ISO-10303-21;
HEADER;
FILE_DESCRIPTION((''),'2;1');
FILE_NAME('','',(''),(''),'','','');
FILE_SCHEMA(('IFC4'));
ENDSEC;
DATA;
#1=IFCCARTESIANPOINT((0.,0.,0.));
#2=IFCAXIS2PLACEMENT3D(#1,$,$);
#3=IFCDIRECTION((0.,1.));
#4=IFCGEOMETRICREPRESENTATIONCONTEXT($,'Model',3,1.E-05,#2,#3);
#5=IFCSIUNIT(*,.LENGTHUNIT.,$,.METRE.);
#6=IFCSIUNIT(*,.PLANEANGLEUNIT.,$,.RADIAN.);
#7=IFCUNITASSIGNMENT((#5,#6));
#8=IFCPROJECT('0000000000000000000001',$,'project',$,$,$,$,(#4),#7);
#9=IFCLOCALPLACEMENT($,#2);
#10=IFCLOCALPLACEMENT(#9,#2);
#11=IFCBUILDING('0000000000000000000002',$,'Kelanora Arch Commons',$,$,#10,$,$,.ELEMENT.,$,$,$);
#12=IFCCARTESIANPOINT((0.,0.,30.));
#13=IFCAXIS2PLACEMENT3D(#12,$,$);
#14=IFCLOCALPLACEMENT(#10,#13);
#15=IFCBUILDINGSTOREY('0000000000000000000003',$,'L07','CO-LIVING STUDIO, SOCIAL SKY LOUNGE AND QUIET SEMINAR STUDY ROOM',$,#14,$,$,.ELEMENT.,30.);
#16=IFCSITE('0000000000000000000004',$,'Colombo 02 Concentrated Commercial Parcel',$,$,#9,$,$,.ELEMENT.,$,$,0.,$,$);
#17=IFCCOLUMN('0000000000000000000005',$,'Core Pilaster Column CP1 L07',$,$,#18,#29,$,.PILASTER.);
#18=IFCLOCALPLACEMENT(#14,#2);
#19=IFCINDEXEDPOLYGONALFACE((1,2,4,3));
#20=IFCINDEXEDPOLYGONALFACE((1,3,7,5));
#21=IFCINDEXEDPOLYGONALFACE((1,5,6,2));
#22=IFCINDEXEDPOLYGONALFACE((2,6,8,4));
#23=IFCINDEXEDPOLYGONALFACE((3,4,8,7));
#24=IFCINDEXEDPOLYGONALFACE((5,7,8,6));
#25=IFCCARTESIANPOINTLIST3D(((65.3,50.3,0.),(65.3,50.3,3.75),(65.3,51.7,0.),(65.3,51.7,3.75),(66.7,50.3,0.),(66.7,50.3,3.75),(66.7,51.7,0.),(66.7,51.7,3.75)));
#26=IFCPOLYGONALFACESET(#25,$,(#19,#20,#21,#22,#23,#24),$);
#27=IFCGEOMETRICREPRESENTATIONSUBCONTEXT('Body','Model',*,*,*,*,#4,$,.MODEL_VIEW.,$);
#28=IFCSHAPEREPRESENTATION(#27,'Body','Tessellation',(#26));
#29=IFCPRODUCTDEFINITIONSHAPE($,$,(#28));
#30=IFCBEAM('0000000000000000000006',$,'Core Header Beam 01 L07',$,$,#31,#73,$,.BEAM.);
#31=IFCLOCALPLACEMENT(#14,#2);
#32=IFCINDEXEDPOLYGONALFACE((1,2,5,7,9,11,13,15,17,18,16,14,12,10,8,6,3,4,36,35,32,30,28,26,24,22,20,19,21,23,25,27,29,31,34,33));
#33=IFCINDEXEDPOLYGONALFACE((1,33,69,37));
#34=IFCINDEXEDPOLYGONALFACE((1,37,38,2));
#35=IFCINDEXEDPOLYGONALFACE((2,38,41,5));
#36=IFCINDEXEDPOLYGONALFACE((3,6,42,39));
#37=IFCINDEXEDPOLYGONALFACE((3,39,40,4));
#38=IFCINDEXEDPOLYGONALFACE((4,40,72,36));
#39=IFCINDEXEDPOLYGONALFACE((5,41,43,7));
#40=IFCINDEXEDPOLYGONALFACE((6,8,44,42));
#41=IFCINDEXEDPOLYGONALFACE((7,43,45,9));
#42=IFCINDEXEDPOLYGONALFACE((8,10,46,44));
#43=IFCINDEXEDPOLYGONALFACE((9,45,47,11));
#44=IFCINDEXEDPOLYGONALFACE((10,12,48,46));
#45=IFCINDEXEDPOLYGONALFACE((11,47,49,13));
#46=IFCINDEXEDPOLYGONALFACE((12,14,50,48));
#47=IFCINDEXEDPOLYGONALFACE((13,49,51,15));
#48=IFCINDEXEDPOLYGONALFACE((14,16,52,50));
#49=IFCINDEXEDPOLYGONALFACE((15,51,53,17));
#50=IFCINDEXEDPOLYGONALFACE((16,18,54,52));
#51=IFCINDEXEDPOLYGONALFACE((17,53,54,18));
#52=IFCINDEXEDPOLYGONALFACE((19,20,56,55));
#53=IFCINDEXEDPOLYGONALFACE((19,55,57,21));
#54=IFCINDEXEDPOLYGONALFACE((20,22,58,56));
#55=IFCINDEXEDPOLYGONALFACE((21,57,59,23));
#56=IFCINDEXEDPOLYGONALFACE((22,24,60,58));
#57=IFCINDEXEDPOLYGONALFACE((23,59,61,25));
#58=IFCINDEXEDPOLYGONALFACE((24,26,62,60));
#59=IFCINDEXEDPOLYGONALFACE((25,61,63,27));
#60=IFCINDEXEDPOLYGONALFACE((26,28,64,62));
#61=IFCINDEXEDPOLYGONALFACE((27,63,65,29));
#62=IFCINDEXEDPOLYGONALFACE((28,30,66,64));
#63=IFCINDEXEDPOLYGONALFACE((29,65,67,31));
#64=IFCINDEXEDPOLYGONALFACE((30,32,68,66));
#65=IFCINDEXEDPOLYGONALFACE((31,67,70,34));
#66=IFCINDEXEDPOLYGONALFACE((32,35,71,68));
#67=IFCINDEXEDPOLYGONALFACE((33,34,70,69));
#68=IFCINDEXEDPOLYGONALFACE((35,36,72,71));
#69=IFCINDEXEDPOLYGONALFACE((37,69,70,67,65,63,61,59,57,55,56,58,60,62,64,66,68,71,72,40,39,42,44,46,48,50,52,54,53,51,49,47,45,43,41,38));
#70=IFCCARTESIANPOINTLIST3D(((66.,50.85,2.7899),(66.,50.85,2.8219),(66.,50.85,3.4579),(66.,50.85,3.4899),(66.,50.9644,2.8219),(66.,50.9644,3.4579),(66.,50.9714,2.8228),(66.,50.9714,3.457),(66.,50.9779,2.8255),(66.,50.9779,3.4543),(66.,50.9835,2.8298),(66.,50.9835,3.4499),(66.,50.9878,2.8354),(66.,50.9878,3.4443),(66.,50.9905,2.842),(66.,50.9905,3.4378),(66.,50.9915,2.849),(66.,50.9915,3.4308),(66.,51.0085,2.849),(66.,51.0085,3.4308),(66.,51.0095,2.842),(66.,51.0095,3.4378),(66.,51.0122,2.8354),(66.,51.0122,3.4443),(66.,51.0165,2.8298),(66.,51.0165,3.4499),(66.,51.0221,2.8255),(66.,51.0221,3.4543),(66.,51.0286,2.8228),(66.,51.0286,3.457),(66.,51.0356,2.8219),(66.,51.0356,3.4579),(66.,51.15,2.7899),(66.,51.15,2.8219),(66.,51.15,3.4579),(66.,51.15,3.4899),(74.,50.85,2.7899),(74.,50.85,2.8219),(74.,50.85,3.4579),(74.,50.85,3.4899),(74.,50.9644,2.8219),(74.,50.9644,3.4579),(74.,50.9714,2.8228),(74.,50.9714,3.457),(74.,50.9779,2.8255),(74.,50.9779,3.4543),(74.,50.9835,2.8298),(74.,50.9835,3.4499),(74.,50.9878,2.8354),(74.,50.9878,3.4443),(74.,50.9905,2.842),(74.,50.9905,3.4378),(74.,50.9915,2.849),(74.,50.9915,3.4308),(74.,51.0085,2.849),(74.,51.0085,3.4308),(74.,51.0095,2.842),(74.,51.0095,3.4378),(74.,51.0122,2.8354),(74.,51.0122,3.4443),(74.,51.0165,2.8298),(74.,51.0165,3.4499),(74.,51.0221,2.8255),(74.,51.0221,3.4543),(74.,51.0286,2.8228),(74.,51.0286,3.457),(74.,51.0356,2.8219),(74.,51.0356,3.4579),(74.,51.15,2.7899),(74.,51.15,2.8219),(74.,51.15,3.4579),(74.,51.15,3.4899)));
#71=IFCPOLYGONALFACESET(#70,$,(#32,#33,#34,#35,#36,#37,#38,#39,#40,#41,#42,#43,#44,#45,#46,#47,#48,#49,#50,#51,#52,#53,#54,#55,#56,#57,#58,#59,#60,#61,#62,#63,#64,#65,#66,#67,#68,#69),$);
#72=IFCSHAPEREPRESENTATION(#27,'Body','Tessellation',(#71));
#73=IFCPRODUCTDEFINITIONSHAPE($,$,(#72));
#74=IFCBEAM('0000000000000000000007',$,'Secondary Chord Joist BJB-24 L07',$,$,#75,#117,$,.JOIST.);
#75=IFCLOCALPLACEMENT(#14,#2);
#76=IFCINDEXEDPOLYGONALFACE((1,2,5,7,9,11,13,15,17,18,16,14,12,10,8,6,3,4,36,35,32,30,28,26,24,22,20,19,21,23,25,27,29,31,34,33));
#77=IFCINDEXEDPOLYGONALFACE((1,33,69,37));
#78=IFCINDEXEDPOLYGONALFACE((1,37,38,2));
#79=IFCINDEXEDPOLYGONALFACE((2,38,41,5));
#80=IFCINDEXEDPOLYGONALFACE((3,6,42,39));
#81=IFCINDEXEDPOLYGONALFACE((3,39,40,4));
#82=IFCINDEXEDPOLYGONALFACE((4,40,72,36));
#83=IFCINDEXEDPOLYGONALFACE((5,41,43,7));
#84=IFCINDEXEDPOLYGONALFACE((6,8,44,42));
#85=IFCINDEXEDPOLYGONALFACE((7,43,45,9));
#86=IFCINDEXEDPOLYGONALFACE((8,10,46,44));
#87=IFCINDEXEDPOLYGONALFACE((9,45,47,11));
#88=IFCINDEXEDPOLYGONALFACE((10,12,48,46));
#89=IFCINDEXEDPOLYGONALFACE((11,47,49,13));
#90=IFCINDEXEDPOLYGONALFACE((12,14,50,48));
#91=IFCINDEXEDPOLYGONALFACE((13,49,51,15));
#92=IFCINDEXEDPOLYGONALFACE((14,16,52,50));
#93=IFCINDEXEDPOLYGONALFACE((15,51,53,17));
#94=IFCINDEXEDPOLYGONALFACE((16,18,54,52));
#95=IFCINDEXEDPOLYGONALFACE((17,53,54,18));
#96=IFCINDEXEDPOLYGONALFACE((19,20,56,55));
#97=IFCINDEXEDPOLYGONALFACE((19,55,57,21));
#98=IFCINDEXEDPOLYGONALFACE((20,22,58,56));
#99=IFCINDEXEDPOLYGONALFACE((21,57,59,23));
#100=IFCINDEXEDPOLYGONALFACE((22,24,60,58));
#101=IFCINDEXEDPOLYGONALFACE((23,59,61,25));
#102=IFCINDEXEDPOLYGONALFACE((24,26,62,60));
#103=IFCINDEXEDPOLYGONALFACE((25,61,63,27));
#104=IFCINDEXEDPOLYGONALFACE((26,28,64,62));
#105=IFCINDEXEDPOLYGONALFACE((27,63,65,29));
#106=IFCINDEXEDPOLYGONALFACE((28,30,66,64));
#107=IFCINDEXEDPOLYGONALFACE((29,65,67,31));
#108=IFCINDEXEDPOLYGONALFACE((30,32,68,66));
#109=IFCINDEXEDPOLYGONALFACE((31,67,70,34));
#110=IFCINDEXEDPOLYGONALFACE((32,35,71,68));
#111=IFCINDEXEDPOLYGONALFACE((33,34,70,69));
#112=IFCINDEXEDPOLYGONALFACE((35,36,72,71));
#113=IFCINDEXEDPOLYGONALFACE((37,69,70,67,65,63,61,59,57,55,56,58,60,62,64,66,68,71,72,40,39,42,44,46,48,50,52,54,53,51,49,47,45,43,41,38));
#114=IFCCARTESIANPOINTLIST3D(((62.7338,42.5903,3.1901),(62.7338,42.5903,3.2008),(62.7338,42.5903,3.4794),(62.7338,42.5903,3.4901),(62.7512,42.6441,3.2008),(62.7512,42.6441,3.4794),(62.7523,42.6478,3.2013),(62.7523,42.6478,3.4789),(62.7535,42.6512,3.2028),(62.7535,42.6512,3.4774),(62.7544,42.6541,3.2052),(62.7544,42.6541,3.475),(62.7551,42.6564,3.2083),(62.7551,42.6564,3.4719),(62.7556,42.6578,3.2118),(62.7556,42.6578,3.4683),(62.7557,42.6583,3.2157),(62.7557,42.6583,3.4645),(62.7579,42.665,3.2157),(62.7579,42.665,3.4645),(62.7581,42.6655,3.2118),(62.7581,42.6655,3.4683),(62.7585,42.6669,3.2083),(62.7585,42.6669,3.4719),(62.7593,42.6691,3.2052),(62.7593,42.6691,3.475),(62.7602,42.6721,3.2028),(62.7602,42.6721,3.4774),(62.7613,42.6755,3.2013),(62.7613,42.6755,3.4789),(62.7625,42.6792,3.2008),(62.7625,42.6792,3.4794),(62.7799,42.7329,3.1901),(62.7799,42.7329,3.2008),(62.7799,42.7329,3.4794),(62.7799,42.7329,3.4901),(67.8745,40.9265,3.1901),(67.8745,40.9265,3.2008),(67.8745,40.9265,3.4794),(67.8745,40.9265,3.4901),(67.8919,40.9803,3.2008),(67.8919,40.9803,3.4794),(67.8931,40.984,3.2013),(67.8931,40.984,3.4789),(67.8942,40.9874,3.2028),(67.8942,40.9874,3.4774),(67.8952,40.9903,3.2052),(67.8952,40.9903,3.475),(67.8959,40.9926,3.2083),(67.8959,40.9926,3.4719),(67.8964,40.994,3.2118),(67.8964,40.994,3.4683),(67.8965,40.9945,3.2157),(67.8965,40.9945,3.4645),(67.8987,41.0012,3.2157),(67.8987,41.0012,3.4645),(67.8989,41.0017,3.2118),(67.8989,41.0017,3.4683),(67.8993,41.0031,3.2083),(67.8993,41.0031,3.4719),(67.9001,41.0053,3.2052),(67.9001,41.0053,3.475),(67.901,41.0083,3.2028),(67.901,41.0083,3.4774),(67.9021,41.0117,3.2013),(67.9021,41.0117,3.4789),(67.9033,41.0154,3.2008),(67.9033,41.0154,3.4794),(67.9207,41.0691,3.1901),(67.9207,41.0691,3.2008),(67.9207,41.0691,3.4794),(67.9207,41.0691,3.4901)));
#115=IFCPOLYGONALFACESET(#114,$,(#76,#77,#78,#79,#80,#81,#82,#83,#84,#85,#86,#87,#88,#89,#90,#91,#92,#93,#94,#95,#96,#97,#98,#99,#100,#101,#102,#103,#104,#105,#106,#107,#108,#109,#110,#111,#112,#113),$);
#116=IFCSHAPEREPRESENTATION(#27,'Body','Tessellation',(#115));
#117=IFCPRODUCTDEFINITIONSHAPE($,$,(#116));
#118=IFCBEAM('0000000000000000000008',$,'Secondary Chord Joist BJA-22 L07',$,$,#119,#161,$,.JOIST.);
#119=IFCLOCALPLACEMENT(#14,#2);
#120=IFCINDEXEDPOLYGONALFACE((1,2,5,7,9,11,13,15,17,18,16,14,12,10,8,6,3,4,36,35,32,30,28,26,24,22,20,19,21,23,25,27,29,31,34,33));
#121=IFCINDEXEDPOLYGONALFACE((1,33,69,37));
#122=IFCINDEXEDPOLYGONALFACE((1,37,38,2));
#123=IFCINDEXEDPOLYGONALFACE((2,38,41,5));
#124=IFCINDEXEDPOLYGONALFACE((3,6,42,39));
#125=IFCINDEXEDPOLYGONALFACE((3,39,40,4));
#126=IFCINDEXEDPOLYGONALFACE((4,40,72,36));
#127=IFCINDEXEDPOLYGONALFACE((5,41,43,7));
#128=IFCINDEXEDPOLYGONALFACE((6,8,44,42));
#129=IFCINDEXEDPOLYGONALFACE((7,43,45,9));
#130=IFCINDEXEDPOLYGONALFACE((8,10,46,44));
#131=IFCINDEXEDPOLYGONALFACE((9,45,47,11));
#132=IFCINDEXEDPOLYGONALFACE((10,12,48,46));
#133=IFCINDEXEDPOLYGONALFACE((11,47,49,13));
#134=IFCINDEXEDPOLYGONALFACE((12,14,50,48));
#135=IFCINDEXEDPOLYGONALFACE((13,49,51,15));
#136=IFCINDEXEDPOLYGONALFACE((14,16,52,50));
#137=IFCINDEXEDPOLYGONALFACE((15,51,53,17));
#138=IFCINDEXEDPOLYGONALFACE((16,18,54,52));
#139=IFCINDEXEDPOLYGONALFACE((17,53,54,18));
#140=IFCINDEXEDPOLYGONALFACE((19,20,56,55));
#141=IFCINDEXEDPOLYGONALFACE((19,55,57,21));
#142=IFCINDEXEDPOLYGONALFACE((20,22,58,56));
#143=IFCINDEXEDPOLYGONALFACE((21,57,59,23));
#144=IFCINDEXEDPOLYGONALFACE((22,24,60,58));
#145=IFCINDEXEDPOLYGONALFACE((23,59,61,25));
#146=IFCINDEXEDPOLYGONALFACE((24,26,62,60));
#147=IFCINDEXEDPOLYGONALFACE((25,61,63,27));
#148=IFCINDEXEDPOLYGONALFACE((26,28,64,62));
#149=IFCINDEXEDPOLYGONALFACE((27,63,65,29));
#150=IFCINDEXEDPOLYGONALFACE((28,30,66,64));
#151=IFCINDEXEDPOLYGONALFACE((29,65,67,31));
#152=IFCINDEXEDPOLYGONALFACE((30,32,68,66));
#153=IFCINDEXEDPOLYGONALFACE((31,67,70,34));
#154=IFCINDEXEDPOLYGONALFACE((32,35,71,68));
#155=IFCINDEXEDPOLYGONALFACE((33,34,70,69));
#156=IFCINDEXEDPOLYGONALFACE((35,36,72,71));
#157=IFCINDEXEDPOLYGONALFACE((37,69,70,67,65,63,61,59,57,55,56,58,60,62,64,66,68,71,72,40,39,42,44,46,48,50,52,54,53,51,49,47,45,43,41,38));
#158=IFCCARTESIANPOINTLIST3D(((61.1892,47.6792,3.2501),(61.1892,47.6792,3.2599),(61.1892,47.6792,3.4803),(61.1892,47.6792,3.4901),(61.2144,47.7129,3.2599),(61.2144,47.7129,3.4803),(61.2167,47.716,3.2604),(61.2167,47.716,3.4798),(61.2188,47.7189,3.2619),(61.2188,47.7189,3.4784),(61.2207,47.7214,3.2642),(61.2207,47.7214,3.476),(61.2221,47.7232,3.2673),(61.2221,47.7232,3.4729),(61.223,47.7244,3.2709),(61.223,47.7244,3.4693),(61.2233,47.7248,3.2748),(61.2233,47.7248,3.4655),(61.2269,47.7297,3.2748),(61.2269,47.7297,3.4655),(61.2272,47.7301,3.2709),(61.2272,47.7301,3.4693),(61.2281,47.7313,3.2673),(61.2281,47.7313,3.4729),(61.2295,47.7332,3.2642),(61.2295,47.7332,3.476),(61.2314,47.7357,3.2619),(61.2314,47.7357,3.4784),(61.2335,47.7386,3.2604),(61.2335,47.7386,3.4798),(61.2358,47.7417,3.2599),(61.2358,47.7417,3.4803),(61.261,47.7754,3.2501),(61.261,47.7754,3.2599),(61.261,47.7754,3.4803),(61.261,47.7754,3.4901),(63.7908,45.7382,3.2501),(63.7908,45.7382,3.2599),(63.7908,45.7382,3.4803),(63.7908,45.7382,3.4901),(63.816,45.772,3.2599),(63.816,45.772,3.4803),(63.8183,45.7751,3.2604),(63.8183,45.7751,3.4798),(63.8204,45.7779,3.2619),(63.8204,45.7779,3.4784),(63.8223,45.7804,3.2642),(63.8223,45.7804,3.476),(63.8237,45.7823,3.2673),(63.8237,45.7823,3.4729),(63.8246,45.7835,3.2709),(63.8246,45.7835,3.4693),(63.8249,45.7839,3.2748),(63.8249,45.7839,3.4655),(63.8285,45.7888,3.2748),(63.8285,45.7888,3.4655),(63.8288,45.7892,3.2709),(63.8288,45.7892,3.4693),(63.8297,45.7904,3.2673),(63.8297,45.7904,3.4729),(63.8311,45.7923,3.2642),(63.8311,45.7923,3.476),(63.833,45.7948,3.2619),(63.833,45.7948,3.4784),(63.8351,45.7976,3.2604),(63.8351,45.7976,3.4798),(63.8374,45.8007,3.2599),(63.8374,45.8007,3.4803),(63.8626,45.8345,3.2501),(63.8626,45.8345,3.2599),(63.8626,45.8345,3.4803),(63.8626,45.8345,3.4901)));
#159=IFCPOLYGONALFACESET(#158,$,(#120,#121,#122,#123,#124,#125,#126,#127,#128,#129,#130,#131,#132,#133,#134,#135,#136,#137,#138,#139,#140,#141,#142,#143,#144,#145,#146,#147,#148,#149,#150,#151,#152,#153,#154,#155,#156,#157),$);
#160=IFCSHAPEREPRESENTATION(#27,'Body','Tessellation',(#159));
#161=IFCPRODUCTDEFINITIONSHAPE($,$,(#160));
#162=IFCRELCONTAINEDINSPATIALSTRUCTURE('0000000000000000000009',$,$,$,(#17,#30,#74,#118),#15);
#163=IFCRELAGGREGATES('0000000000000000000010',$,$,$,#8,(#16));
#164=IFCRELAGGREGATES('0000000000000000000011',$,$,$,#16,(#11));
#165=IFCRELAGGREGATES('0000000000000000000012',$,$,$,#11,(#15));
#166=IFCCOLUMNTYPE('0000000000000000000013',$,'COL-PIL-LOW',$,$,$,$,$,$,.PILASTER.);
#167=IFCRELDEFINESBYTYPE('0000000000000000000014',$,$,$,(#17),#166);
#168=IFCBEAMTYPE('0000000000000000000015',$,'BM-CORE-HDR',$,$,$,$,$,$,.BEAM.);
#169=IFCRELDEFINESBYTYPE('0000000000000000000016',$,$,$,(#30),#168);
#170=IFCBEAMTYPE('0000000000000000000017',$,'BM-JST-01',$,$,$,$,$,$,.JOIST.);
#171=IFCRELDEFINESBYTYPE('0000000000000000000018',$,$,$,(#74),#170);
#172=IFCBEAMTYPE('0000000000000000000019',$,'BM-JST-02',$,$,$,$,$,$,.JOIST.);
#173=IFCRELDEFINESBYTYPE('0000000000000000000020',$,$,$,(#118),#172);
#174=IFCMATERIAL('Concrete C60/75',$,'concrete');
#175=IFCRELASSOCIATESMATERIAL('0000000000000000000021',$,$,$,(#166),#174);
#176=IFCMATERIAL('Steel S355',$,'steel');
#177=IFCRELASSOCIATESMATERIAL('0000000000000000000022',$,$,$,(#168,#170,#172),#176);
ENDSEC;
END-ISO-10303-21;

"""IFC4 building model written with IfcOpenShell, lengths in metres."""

from ifc_helpers import new_model, si_unit, direction, frame, origin, origin_2d, place, context, subcontext, project, spatial, rectangle, i_section, extrude, material, material_profile, profile_set, type_object, element, save


model = new_model("IFC4")

# Units and contexts
model_context = context("Model", 3, precision=1e-05, world=origin(), true_north=direction((0.0, 1.0)))
body_context = subcontext(model_context, "Body", "Model", "MODEL_VIEW")
ifc_project = project(units=[si_unit("LENGTHUNIT", "METRE"), si_unit("PLANEANGLEUNIT", "RADIAN")], contexts=[model_context])

# Site, building, storey
site_placement = place(None, origin())
site = spatial("IfcSite", under=ifc_project, at=site_placement, Name="Colombo 02 Concentrated Commercial Parcel", CompositionType="ELEMENT", RefElevation=0.0)
building_placement = place(site_placement, origin())
building = spatial("IfcBuilding", under=site, at=building_placement, Name="Kelanora Arch Commons", CompositionType="ELEMENT")
storey_placement = place(building_placement, frame((0.0, 0.0, 30.0)))
storey = spatial("IfcBuildingStorey", under=building, at=storey_placement, Name="L07", Description="CO-LIVING STUDIO, SOCIAL SKY LOUNGE AND QUIET SEMINAR STUDY ROOM", CompositionType="ELEMENT", Elevation=30.0)

# Column
ifc_material_1 = material(Name="Concrete C60/75", Category="concrete")
ifc_material_profile_1 = material_profile(ifc_material_1, rectangle(XDim=1.3999, YDim=1.3999, at=origin_2d()), Name="RC1400x1400")
ifc_profile_set_1 = profile_set([ifc_material_profile_1], Name="Concrete C60/75")
column_type = type_object("IfcColumnType", Name="COL-PIL-LOW", PredefinedType="PILASTER", material=ifc_profile_set_1)
column_placement = place(storey_placement, frame((66.0, 51.0, 0.0), z_axis=(0.0, 0.0, 1.0), x_axis=(1.0, 0.0, 0.0)))
element("IfcColumn", 1, at=column_placement, inside=storey, type_object=column_type, Name="Core Pilaster Column CP1 L07", PredefinedType="PILASTER", context=body_context, shape_type="SweptSolid", body=[
    extrude(rectangle(XDim=1.3999, YDim=1.3999, at=origin_2d()), origin(), (0.0, 0.0, 1.0), 3.75),
])

# Beams
ifc_material_2 = material(Name="Steel S355", Category="steel")
ifc_material_profile_2 = material_profile(ifc_material_2, i_section(OverallWidth=0.3, OverallDepth=0.7, WebThickness=0.0171, FlangeThickness=0.032, FilletRadius=0.0271, at=origin_2d()), Name="HEB700")
ifc_profile_set_2 = profile_set([ifc_material_profile_2], Name="Steel S355")
beam_type_1 = type_object("IfcBeamType", Name="BM-CORE-HDR", PredefinedType="BEAM", material=ifc_profile_set_2)
beam_1_placement = place(storey_placement, frame((66.0, 51.0, 3.1399), z_axis=(1.0, 0.0, 0.0), x_axis=(0.0, 1.0, 0.0)))
element("IfcBeam", 2, at=beam_1_placement, inside=storey, type_object=beam_type_1, Name="Core Header Beam 01 L07", PredefinedType="BEAM", context=body_context, shape_type="SweptSolid", body=[
    extrude(i_section(OverallWidth=0.3, OverallDepth=0.7, WebThickness=0.0171, FlangeThickness=0.032, FilletRadius=0.0271, at=origin_2d()), origin(), (0.0, 0.0, 1.0), 8.0),
])
ifc_material_profile_3 = material_profile(ifc_material_2, i_section(OverallWidth=0.1499, OverallDepth=0.3, WebThickness=0.0071, FlangeThickness=0.0107, FilletRadius=0.0149, at=origin_2d()), Name="IPE300")
ifc_profile_set_3 = profile_set([ifc_material_profile_3], Name="Steel S355")
beam_type_2 = type_object("IfcBeamType", Name="BM-JST-01", PredefinedType="JOIST", material=ifc_profile_set_3)
beam_2_placement = place(storey_placement, frame((62.7568, 42.6616, 3.3401), z_axis=(0.951412, -0.30792, 0.0), x_axis=(0.30792, 0.951412, 0.0)))
element("IfcBeam", 3, at=beam_2_placement, inside=storey, type_object=beam_type_2, Name="Secondary Chord Joist BJB-24 L07", PredefinedType="JOIST", context=body_context, shape_type="SweptSolid", body=[
    extrude(i_section(OverallWidth=0.1499, OverallDepth=0.3, WebThickness=0.0071, FlangeThickness=0.0107, FilletRadius=0.0149, at=origin_2d()), origin(), (0.0, 0.0, 1.0), 5.4033),
])
ifc_material_profile_4 = material_profile(ifc_material_2, i_section(OverallWidth=0.1201, OverallDepth=0.24, WebThickness=0.0061, FlangeThickness=0.0098, FilletRadius=0.0149, at=origin_2d()), Name="IPE240")
ifc_profile_set_4 = profile_set([ifc_material_profile_4], Name="Steel S355")
beam_type_3 = type_object("IfcBeamType", Name="BM-JST-02", PredefinedType="JOIST", material=ifc_profile_set_4)
beam_3_placement = place(storey_placement, frame((61.2251, 47.7273, 3.3701), z_axis=(0.801514, -0.597976, 0.0), x_axis=(0.597976, 0.801514, 0.0)))
element("IfcBeam", 4, at=beam_3_placement, inside=storey, type_object=beam_type_3, Name="Secondary Chord Joist BJA-22 L07", PredefinedType="JOIST", context=body_context, shape_type="SweptSolid", body=[
    extrude(i_section(OverallWidth=0.1201, OverallDepth=0.24, WebThickness=0.0061, FlangeThickness=0.0098, FilletRadius=0.0149, at=origin_2d()), origin(), (0.0, 0.0, 1.0), 3.2458),
])

save(model, "model.ifc")
